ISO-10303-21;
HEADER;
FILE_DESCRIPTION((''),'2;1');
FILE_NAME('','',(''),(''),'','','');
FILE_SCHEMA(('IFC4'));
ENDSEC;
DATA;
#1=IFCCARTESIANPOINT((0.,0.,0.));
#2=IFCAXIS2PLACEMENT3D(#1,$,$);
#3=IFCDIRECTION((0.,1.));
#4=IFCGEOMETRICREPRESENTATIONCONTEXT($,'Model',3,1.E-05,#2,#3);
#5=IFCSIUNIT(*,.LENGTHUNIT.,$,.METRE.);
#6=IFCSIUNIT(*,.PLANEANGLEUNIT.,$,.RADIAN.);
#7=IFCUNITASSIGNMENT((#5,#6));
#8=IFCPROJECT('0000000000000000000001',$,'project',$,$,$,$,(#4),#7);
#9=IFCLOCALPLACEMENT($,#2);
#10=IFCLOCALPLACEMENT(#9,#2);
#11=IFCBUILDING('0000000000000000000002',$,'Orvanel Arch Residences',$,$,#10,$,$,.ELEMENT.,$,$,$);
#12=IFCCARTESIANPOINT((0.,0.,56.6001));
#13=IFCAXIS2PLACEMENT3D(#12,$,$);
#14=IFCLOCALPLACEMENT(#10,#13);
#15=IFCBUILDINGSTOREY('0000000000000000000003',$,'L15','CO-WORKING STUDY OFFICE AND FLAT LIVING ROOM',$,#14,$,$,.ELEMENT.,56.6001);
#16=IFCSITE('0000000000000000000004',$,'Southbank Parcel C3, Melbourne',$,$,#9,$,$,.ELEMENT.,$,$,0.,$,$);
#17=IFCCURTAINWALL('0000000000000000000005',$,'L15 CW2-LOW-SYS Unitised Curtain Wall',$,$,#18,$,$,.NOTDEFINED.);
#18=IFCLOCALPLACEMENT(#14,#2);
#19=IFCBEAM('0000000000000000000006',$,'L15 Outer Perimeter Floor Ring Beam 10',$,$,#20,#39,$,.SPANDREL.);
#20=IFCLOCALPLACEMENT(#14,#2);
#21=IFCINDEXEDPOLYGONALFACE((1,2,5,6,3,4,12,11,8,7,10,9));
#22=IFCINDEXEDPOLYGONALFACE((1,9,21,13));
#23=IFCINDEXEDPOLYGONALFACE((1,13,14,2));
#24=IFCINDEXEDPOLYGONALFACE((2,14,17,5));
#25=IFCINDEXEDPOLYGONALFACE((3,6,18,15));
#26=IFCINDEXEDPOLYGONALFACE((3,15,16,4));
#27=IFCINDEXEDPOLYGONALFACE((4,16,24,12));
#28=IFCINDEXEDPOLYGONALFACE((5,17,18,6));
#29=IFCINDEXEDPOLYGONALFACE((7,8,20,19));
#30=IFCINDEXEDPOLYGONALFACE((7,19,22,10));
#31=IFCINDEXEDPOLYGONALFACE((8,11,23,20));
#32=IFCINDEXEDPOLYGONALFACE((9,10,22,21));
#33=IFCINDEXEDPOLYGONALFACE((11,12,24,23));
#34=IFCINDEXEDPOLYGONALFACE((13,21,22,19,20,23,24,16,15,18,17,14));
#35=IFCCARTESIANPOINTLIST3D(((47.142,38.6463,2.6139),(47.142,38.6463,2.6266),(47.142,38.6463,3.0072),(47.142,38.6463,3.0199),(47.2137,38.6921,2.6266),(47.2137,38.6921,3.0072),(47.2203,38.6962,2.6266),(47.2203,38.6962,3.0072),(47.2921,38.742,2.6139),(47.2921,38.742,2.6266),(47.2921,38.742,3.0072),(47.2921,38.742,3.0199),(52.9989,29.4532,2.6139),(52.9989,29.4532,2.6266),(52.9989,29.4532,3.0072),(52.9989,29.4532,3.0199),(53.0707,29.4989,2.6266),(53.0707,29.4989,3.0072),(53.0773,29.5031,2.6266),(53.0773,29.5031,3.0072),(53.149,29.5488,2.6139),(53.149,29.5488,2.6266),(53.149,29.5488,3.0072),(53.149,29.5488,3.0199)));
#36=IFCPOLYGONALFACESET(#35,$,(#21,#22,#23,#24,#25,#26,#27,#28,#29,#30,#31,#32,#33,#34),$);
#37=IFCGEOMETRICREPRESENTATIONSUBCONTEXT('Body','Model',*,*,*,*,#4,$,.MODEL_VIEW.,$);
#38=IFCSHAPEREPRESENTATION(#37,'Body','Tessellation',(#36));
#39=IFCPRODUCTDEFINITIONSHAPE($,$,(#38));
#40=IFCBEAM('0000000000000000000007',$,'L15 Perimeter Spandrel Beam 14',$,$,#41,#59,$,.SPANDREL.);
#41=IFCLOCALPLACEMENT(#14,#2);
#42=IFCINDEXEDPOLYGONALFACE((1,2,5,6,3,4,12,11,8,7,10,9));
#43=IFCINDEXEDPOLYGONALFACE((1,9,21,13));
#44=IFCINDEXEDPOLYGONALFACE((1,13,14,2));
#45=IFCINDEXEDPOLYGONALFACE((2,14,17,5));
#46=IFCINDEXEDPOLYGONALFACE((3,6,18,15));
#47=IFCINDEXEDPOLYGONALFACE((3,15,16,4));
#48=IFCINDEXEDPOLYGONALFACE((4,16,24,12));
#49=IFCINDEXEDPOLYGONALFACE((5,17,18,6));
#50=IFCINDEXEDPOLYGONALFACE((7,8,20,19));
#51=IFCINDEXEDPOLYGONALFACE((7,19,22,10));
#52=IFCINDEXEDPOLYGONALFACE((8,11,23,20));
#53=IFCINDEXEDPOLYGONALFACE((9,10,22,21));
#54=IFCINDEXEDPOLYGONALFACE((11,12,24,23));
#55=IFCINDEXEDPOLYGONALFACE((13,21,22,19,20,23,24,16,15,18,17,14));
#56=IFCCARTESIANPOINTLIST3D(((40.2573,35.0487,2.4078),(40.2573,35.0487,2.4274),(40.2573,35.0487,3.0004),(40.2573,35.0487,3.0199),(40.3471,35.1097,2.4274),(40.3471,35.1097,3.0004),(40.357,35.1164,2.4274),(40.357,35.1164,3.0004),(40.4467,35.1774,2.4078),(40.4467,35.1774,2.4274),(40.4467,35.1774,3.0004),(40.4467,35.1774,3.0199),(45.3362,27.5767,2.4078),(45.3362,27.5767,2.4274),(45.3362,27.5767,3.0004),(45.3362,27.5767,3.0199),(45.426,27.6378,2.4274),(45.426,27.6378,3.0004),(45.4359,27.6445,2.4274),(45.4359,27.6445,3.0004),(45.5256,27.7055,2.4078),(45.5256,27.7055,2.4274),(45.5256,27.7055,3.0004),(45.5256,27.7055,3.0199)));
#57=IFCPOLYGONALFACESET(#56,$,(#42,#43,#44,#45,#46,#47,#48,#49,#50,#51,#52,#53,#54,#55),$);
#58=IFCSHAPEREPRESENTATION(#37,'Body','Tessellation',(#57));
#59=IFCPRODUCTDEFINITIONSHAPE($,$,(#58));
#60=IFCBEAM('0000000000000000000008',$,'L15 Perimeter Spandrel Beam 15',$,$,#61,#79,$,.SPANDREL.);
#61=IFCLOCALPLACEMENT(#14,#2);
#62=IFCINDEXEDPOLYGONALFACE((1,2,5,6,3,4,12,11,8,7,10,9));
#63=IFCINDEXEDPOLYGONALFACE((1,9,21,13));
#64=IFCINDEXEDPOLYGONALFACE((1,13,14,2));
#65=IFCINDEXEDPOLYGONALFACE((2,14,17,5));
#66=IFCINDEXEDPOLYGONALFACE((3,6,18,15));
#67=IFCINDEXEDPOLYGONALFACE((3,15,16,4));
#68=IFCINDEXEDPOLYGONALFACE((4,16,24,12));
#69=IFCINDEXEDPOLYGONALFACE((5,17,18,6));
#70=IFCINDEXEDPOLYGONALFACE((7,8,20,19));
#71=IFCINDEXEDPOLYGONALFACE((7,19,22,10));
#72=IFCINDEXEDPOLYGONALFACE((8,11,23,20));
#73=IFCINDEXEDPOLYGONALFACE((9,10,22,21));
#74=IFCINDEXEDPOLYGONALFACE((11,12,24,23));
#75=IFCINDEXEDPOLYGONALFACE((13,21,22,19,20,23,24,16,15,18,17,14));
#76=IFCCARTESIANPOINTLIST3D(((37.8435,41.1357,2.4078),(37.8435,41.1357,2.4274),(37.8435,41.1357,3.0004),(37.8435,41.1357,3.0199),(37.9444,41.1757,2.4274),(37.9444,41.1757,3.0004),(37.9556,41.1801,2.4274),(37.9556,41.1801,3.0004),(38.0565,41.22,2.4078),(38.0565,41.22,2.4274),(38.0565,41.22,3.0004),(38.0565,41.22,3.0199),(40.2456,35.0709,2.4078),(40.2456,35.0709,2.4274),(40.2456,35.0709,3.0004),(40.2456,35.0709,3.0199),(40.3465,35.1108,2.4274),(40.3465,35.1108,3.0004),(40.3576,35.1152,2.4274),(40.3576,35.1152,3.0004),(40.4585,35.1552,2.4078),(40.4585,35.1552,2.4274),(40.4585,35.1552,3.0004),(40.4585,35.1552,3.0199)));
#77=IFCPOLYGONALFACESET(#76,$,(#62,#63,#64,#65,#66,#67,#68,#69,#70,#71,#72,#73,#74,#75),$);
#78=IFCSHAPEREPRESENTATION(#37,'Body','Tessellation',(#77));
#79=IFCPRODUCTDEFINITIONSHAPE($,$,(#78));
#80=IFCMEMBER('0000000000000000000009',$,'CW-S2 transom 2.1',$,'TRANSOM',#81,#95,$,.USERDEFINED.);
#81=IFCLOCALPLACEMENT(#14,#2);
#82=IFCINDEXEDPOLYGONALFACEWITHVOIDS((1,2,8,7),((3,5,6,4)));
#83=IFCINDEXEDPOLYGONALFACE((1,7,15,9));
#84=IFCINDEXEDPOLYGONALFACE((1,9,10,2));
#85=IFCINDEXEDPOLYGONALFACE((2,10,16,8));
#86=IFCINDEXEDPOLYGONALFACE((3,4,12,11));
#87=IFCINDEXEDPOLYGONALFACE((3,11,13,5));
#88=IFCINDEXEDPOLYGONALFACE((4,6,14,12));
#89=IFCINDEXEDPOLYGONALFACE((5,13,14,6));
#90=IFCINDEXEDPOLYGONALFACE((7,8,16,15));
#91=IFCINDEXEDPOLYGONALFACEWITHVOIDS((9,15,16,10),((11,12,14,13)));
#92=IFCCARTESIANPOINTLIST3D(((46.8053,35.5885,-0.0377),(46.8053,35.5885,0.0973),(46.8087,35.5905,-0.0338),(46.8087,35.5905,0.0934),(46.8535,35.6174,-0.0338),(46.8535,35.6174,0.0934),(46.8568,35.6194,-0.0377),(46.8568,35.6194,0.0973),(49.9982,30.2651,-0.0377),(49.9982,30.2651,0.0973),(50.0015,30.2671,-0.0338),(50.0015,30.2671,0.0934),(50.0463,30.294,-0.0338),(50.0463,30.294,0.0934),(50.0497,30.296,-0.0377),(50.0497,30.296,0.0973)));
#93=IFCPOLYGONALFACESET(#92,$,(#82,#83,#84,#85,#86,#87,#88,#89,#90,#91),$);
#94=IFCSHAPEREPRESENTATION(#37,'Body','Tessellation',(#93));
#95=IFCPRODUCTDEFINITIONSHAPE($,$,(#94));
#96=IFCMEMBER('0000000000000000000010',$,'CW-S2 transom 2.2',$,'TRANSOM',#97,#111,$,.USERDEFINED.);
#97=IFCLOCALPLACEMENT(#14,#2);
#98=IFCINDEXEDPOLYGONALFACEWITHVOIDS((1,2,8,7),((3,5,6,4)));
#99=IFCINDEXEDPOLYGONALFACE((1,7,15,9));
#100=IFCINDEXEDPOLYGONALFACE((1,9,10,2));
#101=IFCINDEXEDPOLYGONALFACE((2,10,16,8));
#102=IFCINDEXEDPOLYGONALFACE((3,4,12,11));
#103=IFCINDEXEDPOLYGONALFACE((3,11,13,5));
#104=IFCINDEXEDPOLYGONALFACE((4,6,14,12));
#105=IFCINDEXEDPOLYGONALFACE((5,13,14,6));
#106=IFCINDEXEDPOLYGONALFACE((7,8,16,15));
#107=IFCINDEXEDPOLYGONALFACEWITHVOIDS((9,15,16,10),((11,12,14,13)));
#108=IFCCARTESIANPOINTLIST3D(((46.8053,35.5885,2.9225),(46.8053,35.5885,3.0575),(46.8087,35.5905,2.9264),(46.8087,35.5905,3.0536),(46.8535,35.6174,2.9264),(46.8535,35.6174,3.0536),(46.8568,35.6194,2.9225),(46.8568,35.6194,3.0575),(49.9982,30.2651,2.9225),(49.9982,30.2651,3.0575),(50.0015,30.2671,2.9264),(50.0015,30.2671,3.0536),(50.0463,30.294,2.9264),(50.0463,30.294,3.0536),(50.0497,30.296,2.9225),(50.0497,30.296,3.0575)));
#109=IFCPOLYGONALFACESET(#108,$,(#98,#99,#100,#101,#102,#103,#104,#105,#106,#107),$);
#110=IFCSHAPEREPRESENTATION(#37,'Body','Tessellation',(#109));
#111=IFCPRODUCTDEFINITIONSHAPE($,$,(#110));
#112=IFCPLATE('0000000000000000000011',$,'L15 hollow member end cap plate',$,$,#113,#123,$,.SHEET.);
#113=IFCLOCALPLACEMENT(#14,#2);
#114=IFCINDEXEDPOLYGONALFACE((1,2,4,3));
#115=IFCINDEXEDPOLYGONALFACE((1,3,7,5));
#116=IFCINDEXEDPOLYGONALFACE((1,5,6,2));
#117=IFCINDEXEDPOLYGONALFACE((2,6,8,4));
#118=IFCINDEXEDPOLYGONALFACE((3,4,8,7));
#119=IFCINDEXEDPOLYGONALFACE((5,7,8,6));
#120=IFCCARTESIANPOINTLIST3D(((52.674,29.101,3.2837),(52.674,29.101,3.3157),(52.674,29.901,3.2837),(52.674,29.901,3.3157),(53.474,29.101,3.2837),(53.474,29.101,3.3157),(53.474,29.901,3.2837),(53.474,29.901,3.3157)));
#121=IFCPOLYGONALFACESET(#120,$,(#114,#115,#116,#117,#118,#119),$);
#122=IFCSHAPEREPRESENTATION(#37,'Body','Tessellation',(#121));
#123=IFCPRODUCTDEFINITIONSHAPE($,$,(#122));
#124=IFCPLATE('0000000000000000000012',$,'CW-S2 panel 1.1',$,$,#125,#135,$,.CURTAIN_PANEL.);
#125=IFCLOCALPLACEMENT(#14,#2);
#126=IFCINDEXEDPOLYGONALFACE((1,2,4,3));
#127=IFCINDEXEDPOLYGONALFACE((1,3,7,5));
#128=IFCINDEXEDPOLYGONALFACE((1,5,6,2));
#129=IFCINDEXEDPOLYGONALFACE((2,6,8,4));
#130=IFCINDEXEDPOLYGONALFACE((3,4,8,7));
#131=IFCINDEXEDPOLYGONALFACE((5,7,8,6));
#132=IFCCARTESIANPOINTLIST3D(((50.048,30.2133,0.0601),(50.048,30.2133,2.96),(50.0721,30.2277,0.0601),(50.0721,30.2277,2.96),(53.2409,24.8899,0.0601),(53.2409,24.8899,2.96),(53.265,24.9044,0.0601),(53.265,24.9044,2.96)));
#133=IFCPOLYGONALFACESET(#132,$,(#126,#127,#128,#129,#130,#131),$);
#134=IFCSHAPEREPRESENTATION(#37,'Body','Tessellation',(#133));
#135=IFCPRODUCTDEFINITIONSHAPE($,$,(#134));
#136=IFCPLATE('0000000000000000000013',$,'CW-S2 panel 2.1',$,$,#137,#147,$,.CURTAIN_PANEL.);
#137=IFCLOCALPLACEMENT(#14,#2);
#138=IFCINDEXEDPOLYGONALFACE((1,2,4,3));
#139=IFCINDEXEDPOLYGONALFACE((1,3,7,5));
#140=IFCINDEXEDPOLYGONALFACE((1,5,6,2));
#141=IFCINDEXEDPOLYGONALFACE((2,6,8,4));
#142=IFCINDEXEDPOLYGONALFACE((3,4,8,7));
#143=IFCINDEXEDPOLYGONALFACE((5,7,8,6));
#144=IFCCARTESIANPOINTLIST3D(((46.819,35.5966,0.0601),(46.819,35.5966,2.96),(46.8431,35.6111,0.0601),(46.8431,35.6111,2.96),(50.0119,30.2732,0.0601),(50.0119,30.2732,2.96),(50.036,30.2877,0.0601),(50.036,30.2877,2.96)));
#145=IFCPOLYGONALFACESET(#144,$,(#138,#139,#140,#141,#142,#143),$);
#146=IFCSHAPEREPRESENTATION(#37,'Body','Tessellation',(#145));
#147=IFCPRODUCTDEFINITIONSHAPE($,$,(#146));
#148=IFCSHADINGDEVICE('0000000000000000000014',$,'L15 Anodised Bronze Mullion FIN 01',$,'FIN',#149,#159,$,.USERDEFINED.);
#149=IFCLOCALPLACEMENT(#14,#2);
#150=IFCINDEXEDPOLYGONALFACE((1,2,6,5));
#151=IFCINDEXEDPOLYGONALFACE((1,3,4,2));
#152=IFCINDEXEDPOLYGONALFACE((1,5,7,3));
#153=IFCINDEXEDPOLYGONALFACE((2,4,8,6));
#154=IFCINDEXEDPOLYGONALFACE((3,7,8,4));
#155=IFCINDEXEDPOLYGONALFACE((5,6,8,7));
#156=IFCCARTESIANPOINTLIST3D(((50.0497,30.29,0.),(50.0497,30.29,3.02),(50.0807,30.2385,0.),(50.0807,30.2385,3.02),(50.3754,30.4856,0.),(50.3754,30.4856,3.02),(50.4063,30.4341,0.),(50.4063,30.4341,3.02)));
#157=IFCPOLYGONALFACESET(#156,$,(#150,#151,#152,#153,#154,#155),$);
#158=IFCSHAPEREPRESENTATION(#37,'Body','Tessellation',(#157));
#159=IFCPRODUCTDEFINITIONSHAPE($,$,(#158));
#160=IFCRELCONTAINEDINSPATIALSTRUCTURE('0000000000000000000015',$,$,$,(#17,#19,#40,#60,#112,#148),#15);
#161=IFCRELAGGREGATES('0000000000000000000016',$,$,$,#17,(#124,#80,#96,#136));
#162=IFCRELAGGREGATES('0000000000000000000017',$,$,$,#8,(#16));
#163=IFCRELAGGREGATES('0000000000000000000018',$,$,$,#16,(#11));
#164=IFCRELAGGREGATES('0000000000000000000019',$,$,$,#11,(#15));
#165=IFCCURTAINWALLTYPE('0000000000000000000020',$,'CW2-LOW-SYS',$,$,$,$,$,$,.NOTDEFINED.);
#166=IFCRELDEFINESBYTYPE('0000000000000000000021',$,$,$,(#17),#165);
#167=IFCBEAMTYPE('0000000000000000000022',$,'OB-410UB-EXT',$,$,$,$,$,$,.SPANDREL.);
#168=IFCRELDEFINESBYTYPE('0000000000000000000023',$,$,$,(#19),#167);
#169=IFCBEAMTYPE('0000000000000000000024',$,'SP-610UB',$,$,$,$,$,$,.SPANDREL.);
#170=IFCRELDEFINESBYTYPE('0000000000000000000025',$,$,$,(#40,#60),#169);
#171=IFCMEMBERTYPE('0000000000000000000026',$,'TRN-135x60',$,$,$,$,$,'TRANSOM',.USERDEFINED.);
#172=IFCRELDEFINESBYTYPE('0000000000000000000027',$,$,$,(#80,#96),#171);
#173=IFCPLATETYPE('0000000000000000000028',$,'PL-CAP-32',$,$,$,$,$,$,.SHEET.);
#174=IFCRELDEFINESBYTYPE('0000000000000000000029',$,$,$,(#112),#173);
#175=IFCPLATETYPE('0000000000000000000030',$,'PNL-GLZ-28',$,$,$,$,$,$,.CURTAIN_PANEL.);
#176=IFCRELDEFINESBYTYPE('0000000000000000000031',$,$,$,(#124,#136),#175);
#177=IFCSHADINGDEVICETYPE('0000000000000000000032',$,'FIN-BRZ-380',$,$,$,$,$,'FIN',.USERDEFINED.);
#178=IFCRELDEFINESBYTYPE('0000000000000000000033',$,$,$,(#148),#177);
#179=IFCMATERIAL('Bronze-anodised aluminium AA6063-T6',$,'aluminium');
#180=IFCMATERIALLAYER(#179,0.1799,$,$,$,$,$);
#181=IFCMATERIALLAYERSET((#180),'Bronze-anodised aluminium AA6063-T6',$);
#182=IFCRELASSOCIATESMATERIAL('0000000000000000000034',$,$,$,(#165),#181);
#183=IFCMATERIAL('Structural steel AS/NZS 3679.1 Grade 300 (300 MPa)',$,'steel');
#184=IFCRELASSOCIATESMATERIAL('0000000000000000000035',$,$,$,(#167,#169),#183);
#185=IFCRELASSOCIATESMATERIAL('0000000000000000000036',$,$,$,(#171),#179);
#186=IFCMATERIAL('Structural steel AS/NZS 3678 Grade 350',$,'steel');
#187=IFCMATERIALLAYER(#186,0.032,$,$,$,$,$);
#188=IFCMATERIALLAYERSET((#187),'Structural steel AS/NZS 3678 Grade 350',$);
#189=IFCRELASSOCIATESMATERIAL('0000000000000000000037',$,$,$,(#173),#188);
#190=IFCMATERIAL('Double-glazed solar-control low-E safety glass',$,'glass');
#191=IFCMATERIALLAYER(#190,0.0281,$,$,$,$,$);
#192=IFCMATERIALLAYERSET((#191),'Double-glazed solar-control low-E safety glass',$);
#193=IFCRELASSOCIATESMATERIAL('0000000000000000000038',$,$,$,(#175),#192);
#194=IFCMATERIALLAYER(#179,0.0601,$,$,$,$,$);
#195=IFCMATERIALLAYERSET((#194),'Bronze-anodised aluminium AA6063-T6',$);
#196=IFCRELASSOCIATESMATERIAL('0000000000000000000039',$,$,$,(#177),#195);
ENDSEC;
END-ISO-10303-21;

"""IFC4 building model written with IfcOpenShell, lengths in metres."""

from ifc_helpers import new_model, si_unit, direction, frame, origin, origin_2d, place, context, subcontext, project, spatial, rectangle, hollow_rectangle, i_section, extrude, material, layer, layer_set, material_profile, profile_set, type_object, element, aggregate, save


model = new_model("IFC4")

# Units and contexts
model_context = context("Model", 3, precision=1e-05, world=origin(), true_north=direction((0.0, 1.0)))
body_context = subcontext(model_context, "Body", "Model", "MODEL_VIEW")
ifc_project = project(units=[si_unit("LENGTHUNIT", "METRE"), si_unit("PLANEANGLEUNIT", "RADIAN")], contexts=[model_context])

# Site, building, storey
site_placement = place(None, origin())
site = spatial("IfcSite", under=ifc_project, at=site_placement, Name="Southbank Parcel C3, Melbourne", CompositionType="ELEMENT", RefElevation=0.0)
building_placement = place(site_placement, origin())
building = spatial("IfcBuilding", under=site, at=building_placement, Name="Orvanel Arch Residences", CompositionType="ELEMENT")
storey_placement = place(building_placement, frame((0.0, 0.0, 56.6001)))
storey = spatial("IfcBuildingStorey", under=building, at=storey_placement, Name="L15", Description="CO-WORKING STUDY OFFICE AND FLAT LIVING ROOM", CompositionType="ELEMENT", Elevation=56.6001)

# Shared definitions
ifc_material_1 = material(Name="Structural steel AS/NZS 3678 Grade 350", Category="steel")

# Shared definitions
ifc_material_2 = material(Name="Structural steel AS/NZS 3679.1 Grade 300 (300 MPa)", Category="steel")

# Curtain wall
ifc_material_3 = material(Name="Bronze-anodised aluminium AA6063-T6", Category="aluminium")
ifc_layer_1 = layer(ifc_material_3, 0.1799)
ifc_layer_set_1 = layer_set([ifc_layer_1], Name="Bronze-anodised aluminium AA6063-T6")
curtain_wall_type = type_object("IfcCurtainWallType", Name="CW2-LOW-SYS", PredefinedType="NOTDEFINED", material=ifc_layer_set_1)
curtain_wall_1_placement = place(storey_placement, origin())
curtain_wall_1 = element("IfcCurtainWall", 1, at=curtain_wall_1_placement, inside=storey, type_object=curtain_wall_type, Name="L15 CW2-LOW-SYS Unitised Curtain Wall", PredefinedType="NOTDEFINED")

# Beams
ifc_material_profile_1 = material_profile(ifc_material_2, i_section(OverallWidth=0.178, OverallDepth=0.406, WebThickness=0.0078, FlangeThickness=0.0127, at=origin_2d()), Name="410UB59.7")
ifc_profile_set_1 = profile_set([ifc_material_profile_1], Name="Structural steel AS/NZS 3679.1 Grade 300 (300 MPa)")
beam_type_1 = type_object("IfcBeamType", Name="OB-410UB-EXT", PredefinedType="SPANDREL", material=ifc_profile_set_1)
beam_1_placement = place(storey_placement, frame((53.074, 29.501, 2.8169), z_axis=(-0.537317, 0.84338, 0.0), x_axis=(-0.84338, -0.537317, 0.0)))
element("IfcBeam", 2, at=beam_1_placement, inside=storey, type_object=beam_type_1, Name="L15 Outer Perimeter Floor Ring Beam 10", PredefinedType="SPANDREL", context=body_context, shape_type="SweptSolid", body=[
    extrude(i_section(OverallWidth=0.178, OverallDepth=0.406, WebThickness=0.0078, FlangeThickness=0.0127, at=origin_2d()), origin(), (0.0, 0.0, 1.0), 10.9004),
])
ifc_material_profile_2 = material_profile(ifc_material_2, i_section(OverallWidth=0.229, OverallDepth=0.6121, WebThickness=0.012, FlangeThickness=0.0195, at=origin_2d()), Name="610UB125")
ifc_profile_set_2 = profile_set([ifc_material_profile_2], Name="Structural steel AS/NZS 3679.1 Grade 300 (300 MPa)")
beam_type_2 = type_object("IfcBeamType", Name="SP-610UB", PredefinedType="SPANDREL", material=ifc_profile_set_2)
beam_2_placement = place(storey_placement, frame((45.4309, 27.6411, 2.7139), z_axis=(-0.562155, 0.827032, 0.0), x_axis=(-0.827032, -0.562155, 0.0)))
element("IfcBeam", 3, at=beam_2_placement, inside=storey, type_object=beam_type_2, Name="L15 Perimeter Spandrel Beam 14", PredefinedType="SPANDREL", context=body_context, shape_type="SweptSolid", body=[
    extrude(i_section(OverallWidth=0.229, OverallDepth=0.6121, WebThickness=0.012, FlangeThickness=0.0195, at=origin_2d()), origin(), (0.0, 0.0, 1.0), 9.0347),
])
beam_3_placement = place(storey_placement, frame((40.3521, 35.113, 2.7139), z_axis=(-0.368233, 0.929733, 0.0), x_axis=(-0.929733, -0.368233, 0.0)))
element("IfcBeam", 4, at=beam_3_placement, inside=storey, type_object=beam_type_2, Name="L15 Perimeter Spandrel Beam 15", PredefinedType="SPANDREL", context=body_context, shape_type="SweptSolid", body=[
    extrude(i_section(OverallWidth=0.229, OverallDepth=0.6121, WebThickness=0.012, FlangeThickness=0.0195, at=origin_2d()), origin(), (0.0, 0.0, 1.0), 6.5232),
])

# Members
ifc_material_profile_3 = material_profile(ifc_material_3, hollow_rectangle(XDim=0.0601, YDim=0.135, WallThickness=0.0039, at=origin_2d()), Name="ALU135x60x4")
ifc_profile_set_3 = profile_set([ifc_material_profile_3], Name="Bronze-anodised aluminium AA6063-T6")
member_type_1 = type_object("IfcMemberType", Name="TRN-135x60", ElementType="TRANSOM", PredefinedType="USERDEFINED", material=ifc_profile_set_3)
member_1_placement = place(storey_placement, frame((50.0239, 30.2805, 0.0298), z_axis=(-0.514351, 0.85758, 0.0), x_axis=(-0.85758, -0.514351, 0.0)))
member_1 = element("IfcMember", 5, at=member_1_placement, type_object=member_type_1, Name="CW-S2 transom 2.1", ObjectType="TRANSOM", PredefinedType="USERDEFINED", context=body_context, shape_type="SweptSolid", body=[
    extrude(hollow_rectangle(XDim=0.0601, YDim=0.135, WallThickness=0.0039, at=origin_2d()), origin(), (0.0, 0.0, 1.0), 6.2075),
])
member_2_placement = place(storey_placement, frame((50.0239, 30.2805, 2.99), z_axis=(-0.514351, 0.85758, 0.0), x_axis=(-0.85758, -0.514351, 0.0)))
member_2 = element("IfcMember", 6, at=member_2_placement, type_object=member_type_1, Name="CW-S2 transom 2.2", ObjectType="TRANSOM", PredefinedType="USERDEFINED", context=body_context, shape_type="SweptSolid", body=[
    extrude(hollow_rectangle(XDim=0.0601, YDim=0.135, WallThickness=0.0039, at=origin_2d()), origin(), (0.0, 0.0, 1.0), 6.2075),
])

# Plates
ifc_layer_2 = layer(ifc_material_1, 0.032)
ifc_layer_set_2 = layer_set([ifc_layer_2], Name="Structural steel AS/NZS 3678 Grade 350")
plate_type_1 = type_object("IfcPlateType", Name="PL-CAP-32", PredefinedType="SHEET", material=ifc_layer_set_2)
plate_1_placement = place(storey_placement, frame((53.074, 29.501, 3.2837), z_axis=(0.0, 0.0, 1.0), x_axis=(1.0, 0.0, 0.0)))
element("IfcPlate", 7, at=plate_1_placement, inside=storey, type_object=plate_type_1, Name="L15 hollow member end cap plate", PredefinedType="SHEET", context=body_context, shape_type="SweptSolid", body=[
    extrude(rectangle(XDim=0.8, YDim=0.8, at=origin_2d()), origin(), (0.0, 0.0, 1.0), 0.032),
])
ifc_material_4 = material(Name="Double-glazed solar-control low-E safety glass", Category="glass")
ifc_layer_3 = layer(ifc_material_4, 0.0281)
ifc_layer_set_3 = layer_set([ifc_layer_3], Name="Double-glazed solar-control low-E safety glass")
plate_type_2 = type_object("IfcPlateType", Name="PNL-GLZ-28", PredefinedType="CURTAIN_PANEL", material=ifc_layer_set_3)
plate_2_placement = place(storey_placement, frame((51.6565, 27.5588, 0.0601), z_axis=(0.0, 0.0, 1.0), x_axis=(-0.514368, 0.85757, 0.0)))
plate_2 = element("IfcPlate", 8, at=plate_2_placement, type_object=plate_type_2, Name="CW-S2 panel 1.1", PredefinedType="CURTAIN_PANEL", context=body_context, shape_type="SweptSolid", body=[
    extrude(rectangle(XDim=6.2075, YDim=0.0281, at=origin_2d()), origin(), (0.0, 0.0, 1.0), 2.8999),
])
plate_3_placement = place(storey_placement, frame((48.4275, 32.9421, 0.0601), z_axis=(0.0, 0.0, 1.0), x_axis=(-0.514368, 0.85757, 0.0)))
plate_3 = element("IfcPlate", 9, at=plate_3_placement, type_object=plate_type_2, Name="CW-S2 panel 2.1", PredefinedType="CURTAIN_PANEL", context=body_context, shape_type="SweptSolid", body=[
    extrude(rectangle(XDim=6.2075, YDim=0.0281, at=origin_2d()), origin(), (0.0, 0.0, 1.0), 2.8999),
])
aggregate(curtain_wall_1, [plate_2, member_1, member_2, plate_3])

# Shading device
ifc_layer_4 = layer(ifc_material_3, 0.0601)
ifc_layer_set_4 = layer_set([ifc_layer_4], Name="Bronze-anodised aluminium AA6063-T6")
shading_device_type = type_object("IfcShadingDeviceType", Name="FIN-BRZ-380", ElementType="FIN", PredefinedType="USERDEFINED", material=ifc_layer_set_4)
shading_device_placement = place(storey_placement, frame((50.228, 30.3621, 0.0), z_axis=(0.0, 0.0, 1.0), x_axis=(0.857167, 0.515038, 0.0)))
element("IfcShadingDevice", 10, at=shading_device_placement, inside=storey, type_object=shading_device_type, Name="L15 Anodised Bronze Mullion FIN 01", ObjectType="FIN", PredefinedType="USERDEFINED", context=body_context, shape_type="SweptSolid", body=[
    extrude(rectangle(XDim=0.3799, YDim=0.0601, at=origin_2d()), origin(), (0.0, 0.0, 1.0), 3.02),
])

save(model, "model.ifc")
